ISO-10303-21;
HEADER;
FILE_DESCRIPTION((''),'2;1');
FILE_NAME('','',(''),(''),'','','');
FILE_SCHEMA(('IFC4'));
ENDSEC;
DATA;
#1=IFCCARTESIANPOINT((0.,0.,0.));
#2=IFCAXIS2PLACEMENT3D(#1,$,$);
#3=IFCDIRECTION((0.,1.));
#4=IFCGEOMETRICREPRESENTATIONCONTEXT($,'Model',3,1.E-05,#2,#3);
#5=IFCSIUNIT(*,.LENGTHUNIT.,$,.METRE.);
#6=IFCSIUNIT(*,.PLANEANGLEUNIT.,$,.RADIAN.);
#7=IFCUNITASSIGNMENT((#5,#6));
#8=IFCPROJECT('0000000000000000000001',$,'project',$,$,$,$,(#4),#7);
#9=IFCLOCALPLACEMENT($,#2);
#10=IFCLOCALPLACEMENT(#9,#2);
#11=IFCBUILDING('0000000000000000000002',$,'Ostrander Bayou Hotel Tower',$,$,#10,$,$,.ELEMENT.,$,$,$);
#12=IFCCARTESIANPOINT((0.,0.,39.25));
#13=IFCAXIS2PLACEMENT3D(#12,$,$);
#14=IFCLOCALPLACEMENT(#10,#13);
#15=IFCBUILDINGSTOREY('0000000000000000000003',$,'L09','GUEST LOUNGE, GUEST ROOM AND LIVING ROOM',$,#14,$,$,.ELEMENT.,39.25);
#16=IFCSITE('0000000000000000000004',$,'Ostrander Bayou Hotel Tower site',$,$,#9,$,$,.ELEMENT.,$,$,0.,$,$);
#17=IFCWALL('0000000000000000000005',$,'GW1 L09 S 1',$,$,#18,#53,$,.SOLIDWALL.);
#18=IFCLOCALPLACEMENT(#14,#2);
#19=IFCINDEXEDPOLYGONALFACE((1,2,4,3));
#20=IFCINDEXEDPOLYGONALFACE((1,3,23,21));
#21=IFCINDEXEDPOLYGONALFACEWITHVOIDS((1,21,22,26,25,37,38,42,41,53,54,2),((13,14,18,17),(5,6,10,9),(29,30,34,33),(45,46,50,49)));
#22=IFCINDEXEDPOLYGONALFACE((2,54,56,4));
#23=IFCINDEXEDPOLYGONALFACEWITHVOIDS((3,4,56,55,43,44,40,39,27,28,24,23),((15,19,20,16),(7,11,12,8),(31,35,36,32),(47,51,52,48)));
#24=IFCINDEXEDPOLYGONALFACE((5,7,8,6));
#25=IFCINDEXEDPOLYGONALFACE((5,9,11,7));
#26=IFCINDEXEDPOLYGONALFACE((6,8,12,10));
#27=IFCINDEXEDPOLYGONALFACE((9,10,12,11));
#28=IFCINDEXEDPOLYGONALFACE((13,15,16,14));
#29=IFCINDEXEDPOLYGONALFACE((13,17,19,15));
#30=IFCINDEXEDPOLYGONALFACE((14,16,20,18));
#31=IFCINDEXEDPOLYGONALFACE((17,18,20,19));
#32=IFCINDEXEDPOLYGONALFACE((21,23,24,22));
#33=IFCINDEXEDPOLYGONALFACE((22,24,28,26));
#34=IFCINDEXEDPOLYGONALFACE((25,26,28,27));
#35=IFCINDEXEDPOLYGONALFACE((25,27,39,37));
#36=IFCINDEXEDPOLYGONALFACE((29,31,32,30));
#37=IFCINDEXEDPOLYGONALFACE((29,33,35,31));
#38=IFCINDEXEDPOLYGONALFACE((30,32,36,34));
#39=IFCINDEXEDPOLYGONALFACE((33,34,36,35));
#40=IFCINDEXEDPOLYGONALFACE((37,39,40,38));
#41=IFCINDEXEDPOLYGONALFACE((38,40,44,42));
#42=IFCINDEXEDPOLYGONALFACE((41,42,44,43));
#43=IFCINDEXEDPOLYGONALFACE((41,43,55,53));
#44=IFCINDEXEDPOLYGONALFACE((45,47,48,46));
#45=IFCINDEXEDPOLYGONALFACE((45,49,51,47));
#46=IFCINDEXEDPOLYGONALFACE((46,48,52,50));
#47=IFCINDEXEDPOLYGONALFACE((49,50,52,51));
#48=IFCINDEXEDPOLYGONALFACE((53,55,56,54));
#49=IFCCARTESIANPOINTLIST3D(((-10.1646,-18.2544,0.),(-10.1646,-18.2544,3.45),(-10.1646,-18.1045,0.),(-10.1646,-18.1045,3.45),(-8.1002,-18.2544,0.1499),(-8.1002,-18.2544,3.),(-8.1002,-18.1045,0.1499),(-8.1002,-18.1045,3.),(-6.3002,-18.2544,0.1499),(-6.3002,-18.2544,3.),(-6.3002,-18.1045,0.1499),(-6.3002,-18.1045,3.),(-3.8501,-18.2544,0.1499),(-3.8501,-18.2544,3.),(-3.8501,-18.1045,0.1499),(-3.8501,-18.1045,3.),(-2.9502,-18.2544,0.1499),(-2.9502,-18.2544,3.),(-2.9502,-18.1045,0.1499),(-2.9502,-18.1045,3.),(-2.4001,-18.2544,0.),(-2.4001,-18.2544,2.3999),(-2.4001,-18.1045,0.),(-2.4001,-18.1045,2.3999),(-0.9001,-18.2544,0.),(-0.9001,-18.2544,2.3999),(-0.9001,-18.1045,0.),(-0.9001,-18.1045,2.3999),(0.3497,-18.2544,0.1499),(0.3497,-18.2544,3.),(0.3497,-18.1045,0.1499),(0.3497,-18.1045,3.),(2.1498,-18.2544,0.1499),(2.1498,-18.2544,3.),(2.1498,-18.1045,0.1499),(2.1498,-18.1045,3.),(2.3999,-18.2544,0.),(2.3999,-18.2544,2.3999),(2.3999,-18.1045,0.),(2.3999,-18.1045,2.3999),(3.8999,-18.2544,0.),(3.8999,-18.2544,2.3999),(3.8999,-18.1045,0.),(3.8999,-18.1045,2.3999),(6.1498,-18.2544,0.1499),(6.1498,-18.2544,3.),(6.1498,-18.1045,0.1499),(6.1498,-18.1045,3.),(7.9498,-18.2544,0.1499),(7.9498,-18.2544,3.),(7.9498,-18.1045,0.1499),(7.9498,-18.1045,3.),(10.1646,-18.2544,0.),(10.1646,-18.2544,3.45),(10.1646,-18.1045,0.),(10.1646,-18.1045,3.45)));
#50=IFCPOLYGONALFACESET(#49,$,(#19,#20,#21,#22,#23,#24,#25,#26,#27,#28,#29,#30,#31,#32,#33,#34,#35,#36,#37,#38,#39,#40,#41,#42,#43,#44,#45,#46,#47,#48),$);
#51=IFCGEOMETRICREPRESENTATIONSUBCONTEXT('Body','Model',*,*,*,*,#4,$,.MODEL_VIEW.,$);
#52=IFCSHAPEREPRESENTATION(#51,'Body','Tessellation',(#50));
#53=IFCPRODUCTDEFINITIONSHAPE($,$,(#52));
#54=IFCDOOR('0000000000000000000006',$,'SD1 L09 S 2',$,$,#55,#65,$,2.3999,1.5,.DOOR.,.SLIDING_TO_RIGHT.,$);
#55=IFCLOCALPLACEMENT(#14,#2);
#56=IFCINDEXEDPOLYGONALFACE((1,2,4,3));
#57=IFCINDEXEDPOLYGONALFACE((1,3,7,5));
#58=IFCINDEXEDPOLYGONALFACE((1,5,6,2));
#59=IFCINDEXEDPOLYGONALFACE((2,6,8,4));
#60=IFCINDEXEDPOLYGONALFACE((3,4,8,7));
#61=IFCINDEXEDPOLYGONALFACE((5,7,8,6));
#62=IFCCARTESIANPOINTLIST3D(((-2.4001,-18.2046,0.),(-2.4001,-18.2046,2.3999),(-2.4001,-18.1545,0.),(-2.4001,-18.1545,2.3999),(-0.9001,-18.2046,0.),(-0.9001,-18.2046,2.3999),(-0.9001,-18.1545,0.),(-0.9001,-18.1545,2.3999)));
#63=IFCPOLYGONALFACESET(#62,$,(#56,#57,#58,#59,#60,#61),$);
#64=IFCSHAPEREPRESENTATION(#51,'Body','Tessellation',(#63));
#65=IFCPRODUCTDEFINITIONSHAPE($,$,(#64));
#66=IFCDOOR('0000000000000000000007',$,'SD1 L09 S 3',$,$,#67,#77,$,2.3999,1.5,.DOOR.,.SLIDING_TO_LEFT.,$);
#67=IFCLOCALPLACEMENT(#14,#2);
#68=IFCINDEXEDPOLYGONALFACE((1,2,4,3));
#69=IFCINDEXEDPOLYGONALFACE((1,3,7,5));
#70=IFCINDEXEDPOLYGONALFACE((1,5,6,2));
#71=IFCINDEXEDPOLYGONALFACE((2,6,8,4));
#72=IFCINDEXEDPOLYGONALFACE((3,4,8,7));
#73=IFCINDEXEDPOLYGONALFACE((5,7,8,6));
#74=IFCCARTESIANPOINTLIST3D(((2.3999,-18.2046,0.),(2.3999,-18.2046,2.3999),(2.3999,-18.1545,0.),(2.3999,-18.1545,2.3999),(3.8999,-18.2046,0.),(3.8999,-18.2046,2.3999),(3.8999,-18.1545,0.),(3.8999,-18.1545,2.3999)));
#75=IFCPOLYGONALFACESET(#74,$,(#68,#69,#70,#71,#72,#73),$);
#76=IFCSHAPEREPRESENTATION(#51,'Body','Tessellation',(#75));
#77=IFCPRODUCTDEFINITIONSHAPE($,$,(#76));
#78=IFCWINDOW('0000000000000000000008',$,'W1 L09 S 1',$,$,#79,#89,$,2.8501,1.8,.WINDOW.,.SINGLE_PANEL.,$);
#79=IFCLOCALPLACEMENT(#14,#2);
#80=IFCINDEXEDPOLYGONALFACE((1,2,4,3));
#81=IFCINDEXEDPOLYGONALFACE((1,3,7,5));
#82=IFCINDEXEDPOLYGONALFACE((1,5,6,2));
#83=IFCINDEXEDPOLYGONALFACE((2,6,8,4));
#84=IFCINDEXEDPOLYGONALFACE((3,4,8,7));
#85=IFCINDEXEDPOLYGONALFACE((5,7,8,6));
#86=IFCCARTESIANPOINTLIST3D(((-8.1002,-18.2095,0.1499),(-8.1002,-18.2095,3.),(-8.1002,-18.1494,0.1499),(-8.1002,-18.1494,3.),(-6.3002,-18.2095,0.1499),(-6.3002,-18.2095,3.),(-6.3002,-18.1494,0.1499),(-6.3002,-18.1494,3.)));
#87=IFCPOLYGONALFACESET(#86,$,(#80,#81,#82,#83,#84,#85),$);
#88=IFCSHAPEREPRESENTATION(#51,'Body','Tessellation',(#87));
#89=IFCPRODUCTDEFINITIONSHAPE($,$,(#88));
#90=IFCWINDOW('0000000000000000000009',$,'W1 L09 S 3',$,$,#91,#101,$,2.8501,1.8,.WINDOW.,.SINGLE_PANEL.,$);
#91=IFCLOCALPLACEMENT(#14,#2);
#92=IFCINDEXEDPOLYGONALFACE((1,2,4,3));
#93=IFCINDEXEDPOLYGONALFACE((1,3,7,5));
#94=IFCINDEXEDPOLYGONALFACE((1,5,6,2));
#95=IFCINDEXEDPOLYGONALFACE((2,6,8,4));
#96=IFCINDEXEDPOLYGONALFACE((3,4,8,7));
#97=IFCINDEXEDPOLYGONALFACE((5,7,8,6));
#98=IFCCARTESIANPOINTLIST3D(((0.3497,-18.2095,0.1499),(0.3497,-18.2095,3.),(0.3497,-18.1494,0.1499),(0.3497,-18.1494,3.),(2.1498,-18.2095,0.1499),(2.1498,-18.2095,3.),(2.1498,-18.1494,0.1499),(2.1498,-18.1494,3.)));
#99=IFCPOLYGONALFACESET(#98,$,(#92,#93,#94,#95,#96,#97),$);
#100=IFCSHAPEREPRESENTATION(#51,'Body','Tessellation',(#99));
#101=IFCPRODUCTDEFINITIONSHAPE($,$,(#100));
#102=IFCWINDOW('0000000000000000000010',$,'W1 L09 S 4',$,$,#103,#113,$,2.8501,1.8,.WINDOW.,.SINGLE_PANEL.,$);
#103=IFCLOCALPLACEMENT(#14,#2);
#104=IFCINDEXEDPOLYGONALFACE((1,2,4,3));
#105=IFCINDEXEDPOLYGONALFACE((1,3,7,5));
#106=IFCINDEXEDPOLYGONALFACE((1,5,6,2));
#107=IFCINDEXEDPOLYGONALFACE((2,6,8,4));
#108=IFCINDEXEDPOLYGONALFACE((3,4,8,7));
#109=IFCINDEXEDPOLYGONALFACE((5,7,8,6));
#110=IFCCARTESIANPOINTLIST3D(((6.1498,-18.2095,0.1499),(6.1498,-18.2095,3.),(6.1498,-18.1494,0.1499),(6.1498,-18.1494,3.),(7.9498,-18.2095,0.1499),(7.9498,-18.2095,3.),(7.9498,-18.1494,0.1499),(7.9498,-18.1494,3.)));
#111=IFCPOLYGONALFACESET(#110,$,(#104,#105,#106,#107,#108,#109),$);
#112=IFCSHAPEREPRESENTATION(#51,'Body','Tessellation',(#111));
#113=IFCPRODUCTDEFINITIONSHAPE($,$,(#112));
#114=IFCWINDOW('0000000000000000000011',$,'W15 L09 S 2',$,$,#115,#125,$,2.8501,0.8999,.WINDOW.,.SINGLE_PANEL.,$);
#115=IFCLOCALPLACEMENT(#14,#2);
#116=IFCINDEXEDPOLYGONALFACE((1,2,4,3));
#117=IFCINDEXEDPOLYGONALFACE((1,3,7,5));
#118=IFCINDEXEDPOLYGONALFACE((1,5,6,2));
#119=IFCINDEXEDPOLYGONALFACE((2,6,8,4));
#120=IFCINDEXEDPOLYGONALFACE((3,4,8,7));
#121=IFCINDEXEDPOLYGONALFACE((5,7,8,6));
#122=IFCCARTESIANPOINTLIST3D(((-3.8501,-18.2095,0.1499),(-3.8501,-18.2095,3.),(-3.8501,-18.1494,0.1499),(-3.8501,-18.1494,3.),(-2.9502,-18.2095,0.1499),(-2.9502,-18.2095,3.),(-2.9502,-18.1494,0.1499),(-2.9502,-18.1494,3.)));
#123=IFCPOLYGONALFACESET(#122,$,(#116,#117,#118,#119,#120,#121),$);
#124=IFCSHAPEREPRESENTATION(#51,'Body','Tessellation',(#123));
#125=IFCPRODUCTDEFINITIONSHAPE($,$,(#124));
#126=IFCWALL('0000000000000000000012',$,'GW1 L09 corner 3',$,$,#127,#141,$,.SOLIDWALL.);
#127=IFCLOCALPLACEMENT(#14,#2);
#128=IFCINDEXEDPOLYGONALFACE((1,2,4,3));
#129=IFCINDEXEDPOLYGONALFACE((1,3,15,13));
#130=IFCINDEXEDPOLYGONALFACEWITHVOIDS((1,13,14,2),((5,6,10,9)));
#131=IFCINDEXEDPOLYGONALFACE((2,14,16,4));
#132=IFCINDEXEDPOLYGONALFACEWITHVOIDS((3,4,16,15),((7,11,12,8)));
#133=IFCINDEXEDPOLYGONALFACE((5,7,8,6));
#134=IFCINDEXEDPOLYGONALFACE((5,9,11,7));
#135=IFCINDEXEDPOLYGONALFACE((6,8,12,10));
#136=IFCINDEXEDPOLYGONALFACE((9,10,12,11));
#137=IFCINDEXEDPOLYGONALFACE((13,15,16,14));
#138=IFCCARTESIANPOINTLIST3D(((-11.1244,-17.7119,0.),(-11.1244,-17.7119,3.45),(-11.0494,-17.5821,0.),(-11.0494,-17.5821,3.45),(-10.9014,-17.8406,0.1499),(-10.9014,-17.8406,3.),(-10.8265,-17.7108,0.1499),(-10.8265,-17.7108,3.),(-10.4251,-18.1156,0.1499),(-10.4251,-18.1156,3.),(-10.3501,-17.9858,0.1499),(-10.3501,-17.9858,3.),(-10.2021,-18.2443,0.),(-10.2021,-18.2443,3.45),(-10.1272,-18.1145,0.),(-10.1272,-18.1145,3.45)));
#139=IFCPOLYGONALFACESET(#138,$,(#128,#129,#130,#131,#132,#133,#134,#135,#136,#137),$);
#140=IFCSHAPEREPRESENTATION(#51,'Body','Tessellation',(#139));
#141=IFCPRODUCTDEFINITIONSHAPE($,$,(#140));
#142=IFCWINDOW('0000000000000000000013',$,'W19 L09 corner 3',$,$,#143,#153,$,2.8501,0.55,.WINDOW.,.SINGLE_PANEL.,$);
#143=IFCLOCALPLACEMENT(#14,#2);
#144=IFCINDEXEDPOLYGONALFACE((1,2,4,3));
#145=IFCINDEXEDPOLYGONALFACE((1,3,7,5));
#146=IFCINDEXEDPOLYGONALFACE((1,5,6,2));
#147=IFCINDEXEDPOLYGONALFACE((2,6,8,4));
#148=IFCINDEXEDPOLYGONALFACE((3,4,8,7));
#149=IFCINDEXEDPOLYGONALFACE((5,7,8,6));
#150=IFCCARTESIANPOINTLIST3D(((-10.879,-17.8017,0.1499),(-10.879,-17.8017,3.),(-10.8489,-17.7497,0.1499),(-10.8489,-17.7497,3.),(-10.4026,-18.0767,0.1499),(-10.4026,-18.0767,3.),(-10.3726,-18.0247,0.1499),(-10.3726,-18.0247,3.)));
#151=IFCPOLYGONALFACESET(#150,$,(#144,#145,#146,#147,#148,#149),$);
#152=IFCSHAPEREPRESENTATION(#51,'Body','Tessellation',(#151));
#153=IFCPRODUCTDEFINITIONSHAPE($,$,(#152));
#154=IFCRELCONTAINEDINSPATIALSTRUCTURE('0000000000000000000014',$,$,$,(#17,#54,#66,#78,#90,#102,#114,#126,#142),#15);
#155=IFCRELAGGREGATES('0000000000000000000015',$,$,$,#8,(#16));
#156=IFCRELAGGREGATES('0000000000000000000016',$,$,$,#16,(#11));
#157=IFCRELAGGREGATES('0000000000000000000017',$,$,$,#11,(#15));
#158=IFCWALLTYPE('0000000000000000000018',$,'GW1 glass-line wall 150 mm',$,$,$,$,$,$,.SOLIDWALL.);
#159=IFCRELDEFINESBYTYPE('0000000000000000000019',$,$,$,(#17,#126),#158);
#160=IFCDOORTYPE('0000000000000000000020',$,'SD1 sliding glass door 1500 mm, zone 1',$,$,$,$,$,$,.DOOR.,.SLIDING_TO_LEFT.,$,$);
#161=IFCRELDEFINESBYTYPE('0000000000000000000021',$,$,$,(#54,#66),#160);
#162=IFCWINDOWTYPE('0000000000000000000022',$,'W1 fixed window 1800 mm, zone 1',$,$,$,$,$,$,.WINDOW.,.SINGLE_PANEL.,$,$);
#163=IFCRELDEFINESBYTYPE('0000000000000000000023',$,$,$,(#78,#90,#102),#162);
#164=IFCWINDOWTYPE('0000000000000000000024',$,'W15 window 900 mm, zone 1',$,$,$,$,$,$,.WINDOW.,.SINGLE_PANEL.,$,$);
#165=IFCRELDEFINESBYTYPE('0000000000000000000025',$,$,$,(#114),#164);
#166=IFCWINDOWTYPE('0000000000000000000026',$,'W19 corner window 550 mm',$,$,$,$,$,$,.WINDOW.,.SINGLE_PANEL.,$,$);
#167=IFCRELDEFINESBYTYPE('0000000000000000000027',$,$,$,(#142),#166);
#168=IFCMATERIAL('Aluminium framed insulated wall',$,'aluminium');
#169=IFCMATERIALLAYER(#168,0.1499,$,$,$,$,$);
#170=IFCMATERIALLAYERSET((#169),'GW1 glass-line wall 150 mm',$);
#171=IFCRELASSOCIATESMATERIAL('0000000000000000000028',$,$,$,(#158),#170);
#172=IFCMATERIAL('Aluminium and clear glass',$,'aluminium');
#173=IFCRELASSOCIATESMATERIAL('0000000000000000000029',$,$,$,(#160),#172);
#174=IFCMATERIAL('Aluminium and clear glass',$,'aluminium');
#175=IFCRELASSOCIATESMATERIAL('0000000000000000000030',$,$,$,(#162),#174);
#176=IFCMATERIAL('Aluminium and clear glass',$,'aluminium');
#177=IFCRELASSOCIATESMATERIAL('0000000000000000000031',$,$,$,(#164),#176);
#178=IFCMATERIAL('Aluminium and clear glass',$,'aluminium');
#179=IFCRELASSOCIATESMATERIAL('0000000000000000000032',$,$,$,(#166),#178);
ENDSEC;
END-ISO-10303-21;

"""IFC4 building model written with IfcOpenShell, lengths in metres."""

from ifc_helpers import new_model, si_unit, direction, frame, frame_2d, origin, place, context, subcontext, project, spatial, rectangle, extrude, material, layer, layer_set, type_object, element, fill, save


model = new_model("IFC4")

# Units and contexts
model_context = context("Model", 3, precision=1e-05, world=origin(), true_north=direction((0.0, 1.0)))
body_context = subcontext(model_context, "Body", "Model", "MODEL_VIEW")
ifc_project = project(units=[si_unit("LENGTHUNIT", "METRE"), si_unit("PLANEANGLEUNIT", "RADIAN")], contexts=[model_context])

# Site, building, storey
site_placement = place(None, origin())
site = spatial("IfcSite", under=ifc_project, at=site_placement, Name="Ostrander Bayou Hotel Tower site", CompositionType="ELEMENT", RefElevation=0.0)
building_placement = place(site_placement, origin())
building = spatial("IfcBuilding", under=site, at=building_placement, Name="Ostrander Bayou Hotel Tower", CompositionType="ELEMENT")
storey_placement = place(building_placement, frame((0.0, 0.0, 39.25)))
storey = spatial("IfcBuildingStorey", under=building, at=storey_placement, Name="L09", Description="GUEST LOUNGE, GUEST ROOM AND LIVING ROOM", CompositionType="ELEMENT", Elevation=39.25)

# Wall, openings, doors, windows
ifc_material_1 = material(Name="Aluminium framed insulated wall", Category="aluminium")
ifc_layer_1 = layer(ifc_material_1, 0.1499)
ifc_layer_set_1 = layer_set([ifc_layer_1], Name="GW1 glass-line wall 150 mm")
wall_type_1 = type_object("IfcWallType", Name="GW1 glass-line wall 150 mm", PredefinedType="SOLIDWALL", material=ifc_layer_set_1)
wall_1_placement = place(storey_placement, frame((-10.1646, -18.1794, 0.0), z_axis=(0.0, 0.0, 1.0), x_axis=(1.0, 0.0, 0.0)))
wall_1 = element("IfcWall", 1, at=wall_1_placement, inside=storey, type_object=wall_type_1, Name="GW1 L09 S 1", PredefinedType="SOLIDWALL", context=body_context, shape_type="SweptSolid", body=[
    extrude(rectangle(XDim=20.3291, YDim=0.1499, at=frame_2d((10.1646, 0.0))), origin(), (0.0, 0.0, 1.0), 3.45),
])
opening_1_placement = place(wall_1_placement, frame((2.0645, 0.0, 0.1499)))
opening_1 = element("IfcOpeningElement", 2, at=opening_1_placement, cuts=wall_1, PredefinedType="OPENING", context=body_context, shape_type="SweptSolid", body=[
    extrude(rectangle(XDim=1.8, YDim=2.8501, at=frame_2d((0.8999, 1.425))), frame((0.0, 0.075, 0.0), z_axis=(0.0, -1.0, 0.0), x_axis=(1.0, 0.0, 0.0)), (0.0, 0.0, 1.0), 0.1499),
])
opening_2_placement = place(wall_1_placement, frame((6.3145, 0.0, 0.1499)))
opening_2 = element("IfcOpeningElement", 3, at=opening_2_placement, cuts=wall_1, PredefinedType="OPENING", context=body_context, shape_type="SweptSolid", body=[
    extrude(rectangle(XDim=0.8999, YDim=2.8501, at=frame_2d((0.45, 1.425))), frame((0.0, 0.075, 0.0), z_axis=(0.0, -1.0, 0.0), x_axis=(1.0, 0.0, 0.0)), (0.0, 0.0, 1.0), 0.1499),
])
opening_3_placement = place(wall_1_placement, frame((7.7644, 0.0, 0.0)))
opening_3 = element("IfcOpeningElement", 4, at=opening_3_placement, cuts=wall_1, PredefinedType="OPENING", context=body_context, shape_type="SweptSolid", body=[
    extrude(rectangle(XDim=1.5, YDim=2.3999, at=frame_2d((0.75, 1.2))), frame((0.0, 0.075, 0.0), z_axis=(0.0, -1.0, 0.0), x_axis=(1.0, 0.0, 0.0)), (0.0, 0.0, 1.0), 0.1499),
])
opening_4_placement = place(wall_1_placement, frame((10.5144, 0.0, 0.1499)))
opening_4 = element("IfcOpeningElement", 5, at=opening_4_placement, cuts=wall_1, PredefinedType="OPENING", context=body_context, shape_type="SweptSolid", body=[
    extrude(rectangle(XDim=1.8, YDim=2.8501, at=frame_2d((0.8999, 1.425))), frame((0.0, 0.075, 0.0), z_axis=(0.0, -1.0, 0.0), x_axis=(1.0, 0.0, 0.0)), (0.0, 0.0, 1.0), 0.1499),
])
opening_5_placement = place(wall_1_placement, frame((12.5645, 0.0, 0.0)))
opening_5 = element("IfcOpeningElement", 6, at=opening_5_placement, cuts=wall_1, PredefinedType="OPENING", context=body_context, shape_type="SweptSolid", body=[
    extrude(rectangle(XDim=1.5, YDim=2.3999, at=frame_2d((0.75, 1.2))), frame((0.0, 0.075, 0.0), z_axis=(0.0, -1.0, 0.0), x_axis=(1.0, 0.0, 0.0)), (0.0, 0.0, 1.0), 0.1499),
])
opening_6_placement = place(wall_1_placement, frame((16.3145, 0.0, 0.1499)))
opening_6 = element("IfcOpeningElement", 7, at=opening_6_placement, cuts=wall_1, PredefinedType="OPENING", context=body_context, shape_type="SweptSolid", body=[
    extrude(rectangle(XDim=1.8, YDim=2.8501, at=frame_2d((0.8999, 1.425))), frame((0.0, 0.075, 0.0), z_axis=(0.0, -1.0, 0.0), x_axis=(1.0, 0.0, 0.0)), (0.0, 0.0, 1.0), 0.1499),
])
ifc_material_2 = material(Name="Aluminium and clear glass", Category="aluminium")
door_type = type_object("IfcDoorType", Name="SD1 sliding glass door 1500 mm, zone 1", OperationType="SLIDING_TO_LEFT", PredefinedType="DOOR", material=ifc_material_2)
door_1_placement = place(opening_3_placement, origin())
door_1 = element("IfcDoor", 8, at=door_1_placement, inside=storey, type_object=door_type, Name="SD1 L09 S 2", OperationType="SLIDING_TO_RIGHT", OverallHeight=2.3999, OverallWidth=1.5, PredefinedType="DOOR", context=body_context, shape_type="SweptSolid", body=[
    extrude(rectangle(XDim=1.5, YDim=2.3999, at=frame_2d((0.75, 1.2))), frame((0.0, 0.0249, 0.0), z_axis=(0.0, -1.0, 0.0), x_axis=(1.0, 0.0, 0.0)), (0.0, 0.0, 1.0), 0.05),
])
fill(opening_3, door_1)
door_2_placement = place(opening_5_placement, origin())
door_2 = element("IfcDoor", 9, at=door_2_placement, inside=storey, type_object=door_type, Name="SD1 L09 S 3", OperationType="SLIDING_TO_LEFT", OverallHeight=2.3999, OverallWidth=1.5, PredefinedType="DOOR", context=body_context, shape_type="SweptSolid", body=[
    extrude(rectangle(XDim=1.5, YDim=2.3999, at=frame_2d((0.75, 1.2))), frame((0.0, 0.0249, 0.0), z_axis=(0.0, -1.0, 0.0), x_axis=(1.0, 0.0, 0.0)), (0.0, 0.0, 1.0), 0.05),
])
fill(opening_5, door_2)
ifc_material_3 = material(Name="Aluminium and clear glass", Category="aluminium")
window_type_1 = type_object("IfcWindowType", Name="W1 fixed window 1800 mm, zone 1", PartitioningType="SINGLE_PANEL", PredefinedType="WINDOW", material=ifc_material_3)
window_1_placement = place(opening_1_placement, origin())
window_1 = element("IfcWindow", 10, at=window_1_placement, inside=storey, type_object=window_type_1, Name="W1 L09 S 1", OverallHeight=2.8501, OverallWidth=1.8, PartitioningType="SINGLE_PANEL", PredefinedType="WINDOW", context=body_context, shape_type="SweptSolid", body=[
    extrude(rectangle(XDim=1.8, YDim=2.8501, at=frame_2d((0.8999, 1.425))), frame((0.0, 0.03, 0.0), z_axis=(0.0, -1.0, 0.0), x_axis=(1.0, 0.0, 0.0)), (0.0, 0.0, 1.0), 0.0601),
])
fill(opening_1, window_1)
window_2_placement = place(opening_4_placement, origin())
window_2 = element("IfcWindow", 11, at=window_2_placement, inside=storey, type_object=window_type_1, Name="W1 L09 S 3", OverallHeight=2.8501, OverallWidth=1.8, PartitioningType="SINGLE_PANEL", PredefinedType="WINDOW", context=body_context, shape_type="SweptSolid", body=[
    extrude(rectangle(XDim=1.8, YDim=2.8501, at=frame_2d((0.8999, 1.425))), frame((0.0, 0.03, 0.0), z_axis=(0.0, -1.0, 0.0), x_axis=(1.0, 0.0, 0.0)), (0.0, 0.0, 1.0), 0.0601),
])
fill(opening_4, window_2)
window_3_placement = place(opening_6_placement, origin())
window_3 = element("IfcWindow", 12, at=window_3_placement, inside=storey, type_object=window_type_1, Name="W1 L09 S 4", OverallHeight=2.8501, OverallWidth=1.8, PartitioningType="SINGLE_PANEL", PredefinedType="WINDOW", context=body_context, shape_type="SweptSolid", body=[
    extrude(rectangle(XDim=1.8, YDim=2.8501, at=frame_2d((0.8999, 1.425))), frame((0.0, 0.03, 0.0), z_axis=(0.0, -1.0, 0.0), x_axis=(1.0, 0.0, 0.0)), (0.0, 0.0, 1.0), 0.0601),
])
fill(opening_6, window_3)
ifc_material_4 = material(Name="Aluminium and clear glass", Category="aluminium")
window_type_2 = type_object("IfcWindowType", Name="W15 window 900 mm, zone 1", PartitioningType="SINGLE_PANEL", PredefinedType="WINDOW", material=ifc_material_4)
window_4_placement = place(opening_2_placement, origin())
window_4 = element("IfcWindow", 13, at=window_4_placement, inside=storey, type_object=window_type_2, Name="W15 L09 S 2", OverallHeight=2.8501, OverallWidth=0.8999, PartitioningType="SINGLE_PANEL", PredefinedType="WINDOW", context=body_context, shape_type="SweptSolid", body=[
    extrude(rectangle(XDim=0.8999, YDim=2.8501, at=frame_2d((0.45, 1.425))), frame((0.0, 0.03, 0.0), z_axis=(0.0, -1.0, 0.0), x_axis=(1.0, 0.0, 0.0)), (0.0, 0.0, 1.0), 0.0601),
])
fill(opening_2, window_4)

# Wall, opening, window
wall_2_placement = place(storey_placement, frame((-11.0869, -17.647, 0.0), z_axis=(0.0, 0.0, 1.0), x_axis=(0.866048, -0.499961, 0.0)))
wall_2 = element("IfcWall", 14, at=wall_2_placement, inside=storey, type_object=wall_type_1, Name="GW1 L09 corner 3", PredefinedType="SOLIDWALL", context=body_context, shape_type="SweptSolid", body=[
    extrude(rectangle(XDim=1.0649, YDim=0.1499, at=frame_2d((0.5325, 0.0))), origin(), (0.0, 0.0, 1.0), 3.45),
])
opening_7_placement = place(wall_2_placement, frame((0.2576, 0.0, 0.1499)))
opening_7 = element("IfcOpeningElement", 15, at=opening_7_placement, cuts=wall_2, PredefinedType="OPENING", context=body_context, shape_type="SweptSolid", body=[
    extrude(rectangle(XDim=0.55, YDim=2.8501, at=frame_2d((0.2749, 1.425))), frame((0.0, 0.075, 0.0), z_axis=(0.0, -1.0, 0.0), x_axis=(1.0, 0.0, 0.0)), (0.0, 0.0, 1.0), 0.1499),
])
ifc_material_5 = material(Name="Aluminium and clear glass", Category="aluminium")
window_type_3 = type_object("IfcWindowType", Name="W19 corner window 550 mm", PartitioningType="SINGLE_PANEL", PredefinedType="WINDOW", material=ifc_material_5)
window_5_placement = place(opening_7_placement, origin())
window_5 = element("IfcWindow", 16, at=window_5_placement, inside=storey, type_object=window_type_3, Name="W19 L09 corner 3", OverallHeight=2.8501, OverallWidth=0.55, PartitioningType="SINGLE_PANEL", PredefinedType="WINDOW", context=body_context, shape_type="SweptSolid", body=[
    extrude(rectangle(XDim=0.55, YDim=2.8501, at=frame_2d((0.2749, 1.425))), frame((0.0, 0.03, 0.0), z_axis=(0.0, -1.0, 0.0), x_axis=(1.0, 0.0, 0.0)), (0.0, 0.0, 1.0), 0.0601),
])
fill(opening_7, window_5)

save(model, "model.ifc")
